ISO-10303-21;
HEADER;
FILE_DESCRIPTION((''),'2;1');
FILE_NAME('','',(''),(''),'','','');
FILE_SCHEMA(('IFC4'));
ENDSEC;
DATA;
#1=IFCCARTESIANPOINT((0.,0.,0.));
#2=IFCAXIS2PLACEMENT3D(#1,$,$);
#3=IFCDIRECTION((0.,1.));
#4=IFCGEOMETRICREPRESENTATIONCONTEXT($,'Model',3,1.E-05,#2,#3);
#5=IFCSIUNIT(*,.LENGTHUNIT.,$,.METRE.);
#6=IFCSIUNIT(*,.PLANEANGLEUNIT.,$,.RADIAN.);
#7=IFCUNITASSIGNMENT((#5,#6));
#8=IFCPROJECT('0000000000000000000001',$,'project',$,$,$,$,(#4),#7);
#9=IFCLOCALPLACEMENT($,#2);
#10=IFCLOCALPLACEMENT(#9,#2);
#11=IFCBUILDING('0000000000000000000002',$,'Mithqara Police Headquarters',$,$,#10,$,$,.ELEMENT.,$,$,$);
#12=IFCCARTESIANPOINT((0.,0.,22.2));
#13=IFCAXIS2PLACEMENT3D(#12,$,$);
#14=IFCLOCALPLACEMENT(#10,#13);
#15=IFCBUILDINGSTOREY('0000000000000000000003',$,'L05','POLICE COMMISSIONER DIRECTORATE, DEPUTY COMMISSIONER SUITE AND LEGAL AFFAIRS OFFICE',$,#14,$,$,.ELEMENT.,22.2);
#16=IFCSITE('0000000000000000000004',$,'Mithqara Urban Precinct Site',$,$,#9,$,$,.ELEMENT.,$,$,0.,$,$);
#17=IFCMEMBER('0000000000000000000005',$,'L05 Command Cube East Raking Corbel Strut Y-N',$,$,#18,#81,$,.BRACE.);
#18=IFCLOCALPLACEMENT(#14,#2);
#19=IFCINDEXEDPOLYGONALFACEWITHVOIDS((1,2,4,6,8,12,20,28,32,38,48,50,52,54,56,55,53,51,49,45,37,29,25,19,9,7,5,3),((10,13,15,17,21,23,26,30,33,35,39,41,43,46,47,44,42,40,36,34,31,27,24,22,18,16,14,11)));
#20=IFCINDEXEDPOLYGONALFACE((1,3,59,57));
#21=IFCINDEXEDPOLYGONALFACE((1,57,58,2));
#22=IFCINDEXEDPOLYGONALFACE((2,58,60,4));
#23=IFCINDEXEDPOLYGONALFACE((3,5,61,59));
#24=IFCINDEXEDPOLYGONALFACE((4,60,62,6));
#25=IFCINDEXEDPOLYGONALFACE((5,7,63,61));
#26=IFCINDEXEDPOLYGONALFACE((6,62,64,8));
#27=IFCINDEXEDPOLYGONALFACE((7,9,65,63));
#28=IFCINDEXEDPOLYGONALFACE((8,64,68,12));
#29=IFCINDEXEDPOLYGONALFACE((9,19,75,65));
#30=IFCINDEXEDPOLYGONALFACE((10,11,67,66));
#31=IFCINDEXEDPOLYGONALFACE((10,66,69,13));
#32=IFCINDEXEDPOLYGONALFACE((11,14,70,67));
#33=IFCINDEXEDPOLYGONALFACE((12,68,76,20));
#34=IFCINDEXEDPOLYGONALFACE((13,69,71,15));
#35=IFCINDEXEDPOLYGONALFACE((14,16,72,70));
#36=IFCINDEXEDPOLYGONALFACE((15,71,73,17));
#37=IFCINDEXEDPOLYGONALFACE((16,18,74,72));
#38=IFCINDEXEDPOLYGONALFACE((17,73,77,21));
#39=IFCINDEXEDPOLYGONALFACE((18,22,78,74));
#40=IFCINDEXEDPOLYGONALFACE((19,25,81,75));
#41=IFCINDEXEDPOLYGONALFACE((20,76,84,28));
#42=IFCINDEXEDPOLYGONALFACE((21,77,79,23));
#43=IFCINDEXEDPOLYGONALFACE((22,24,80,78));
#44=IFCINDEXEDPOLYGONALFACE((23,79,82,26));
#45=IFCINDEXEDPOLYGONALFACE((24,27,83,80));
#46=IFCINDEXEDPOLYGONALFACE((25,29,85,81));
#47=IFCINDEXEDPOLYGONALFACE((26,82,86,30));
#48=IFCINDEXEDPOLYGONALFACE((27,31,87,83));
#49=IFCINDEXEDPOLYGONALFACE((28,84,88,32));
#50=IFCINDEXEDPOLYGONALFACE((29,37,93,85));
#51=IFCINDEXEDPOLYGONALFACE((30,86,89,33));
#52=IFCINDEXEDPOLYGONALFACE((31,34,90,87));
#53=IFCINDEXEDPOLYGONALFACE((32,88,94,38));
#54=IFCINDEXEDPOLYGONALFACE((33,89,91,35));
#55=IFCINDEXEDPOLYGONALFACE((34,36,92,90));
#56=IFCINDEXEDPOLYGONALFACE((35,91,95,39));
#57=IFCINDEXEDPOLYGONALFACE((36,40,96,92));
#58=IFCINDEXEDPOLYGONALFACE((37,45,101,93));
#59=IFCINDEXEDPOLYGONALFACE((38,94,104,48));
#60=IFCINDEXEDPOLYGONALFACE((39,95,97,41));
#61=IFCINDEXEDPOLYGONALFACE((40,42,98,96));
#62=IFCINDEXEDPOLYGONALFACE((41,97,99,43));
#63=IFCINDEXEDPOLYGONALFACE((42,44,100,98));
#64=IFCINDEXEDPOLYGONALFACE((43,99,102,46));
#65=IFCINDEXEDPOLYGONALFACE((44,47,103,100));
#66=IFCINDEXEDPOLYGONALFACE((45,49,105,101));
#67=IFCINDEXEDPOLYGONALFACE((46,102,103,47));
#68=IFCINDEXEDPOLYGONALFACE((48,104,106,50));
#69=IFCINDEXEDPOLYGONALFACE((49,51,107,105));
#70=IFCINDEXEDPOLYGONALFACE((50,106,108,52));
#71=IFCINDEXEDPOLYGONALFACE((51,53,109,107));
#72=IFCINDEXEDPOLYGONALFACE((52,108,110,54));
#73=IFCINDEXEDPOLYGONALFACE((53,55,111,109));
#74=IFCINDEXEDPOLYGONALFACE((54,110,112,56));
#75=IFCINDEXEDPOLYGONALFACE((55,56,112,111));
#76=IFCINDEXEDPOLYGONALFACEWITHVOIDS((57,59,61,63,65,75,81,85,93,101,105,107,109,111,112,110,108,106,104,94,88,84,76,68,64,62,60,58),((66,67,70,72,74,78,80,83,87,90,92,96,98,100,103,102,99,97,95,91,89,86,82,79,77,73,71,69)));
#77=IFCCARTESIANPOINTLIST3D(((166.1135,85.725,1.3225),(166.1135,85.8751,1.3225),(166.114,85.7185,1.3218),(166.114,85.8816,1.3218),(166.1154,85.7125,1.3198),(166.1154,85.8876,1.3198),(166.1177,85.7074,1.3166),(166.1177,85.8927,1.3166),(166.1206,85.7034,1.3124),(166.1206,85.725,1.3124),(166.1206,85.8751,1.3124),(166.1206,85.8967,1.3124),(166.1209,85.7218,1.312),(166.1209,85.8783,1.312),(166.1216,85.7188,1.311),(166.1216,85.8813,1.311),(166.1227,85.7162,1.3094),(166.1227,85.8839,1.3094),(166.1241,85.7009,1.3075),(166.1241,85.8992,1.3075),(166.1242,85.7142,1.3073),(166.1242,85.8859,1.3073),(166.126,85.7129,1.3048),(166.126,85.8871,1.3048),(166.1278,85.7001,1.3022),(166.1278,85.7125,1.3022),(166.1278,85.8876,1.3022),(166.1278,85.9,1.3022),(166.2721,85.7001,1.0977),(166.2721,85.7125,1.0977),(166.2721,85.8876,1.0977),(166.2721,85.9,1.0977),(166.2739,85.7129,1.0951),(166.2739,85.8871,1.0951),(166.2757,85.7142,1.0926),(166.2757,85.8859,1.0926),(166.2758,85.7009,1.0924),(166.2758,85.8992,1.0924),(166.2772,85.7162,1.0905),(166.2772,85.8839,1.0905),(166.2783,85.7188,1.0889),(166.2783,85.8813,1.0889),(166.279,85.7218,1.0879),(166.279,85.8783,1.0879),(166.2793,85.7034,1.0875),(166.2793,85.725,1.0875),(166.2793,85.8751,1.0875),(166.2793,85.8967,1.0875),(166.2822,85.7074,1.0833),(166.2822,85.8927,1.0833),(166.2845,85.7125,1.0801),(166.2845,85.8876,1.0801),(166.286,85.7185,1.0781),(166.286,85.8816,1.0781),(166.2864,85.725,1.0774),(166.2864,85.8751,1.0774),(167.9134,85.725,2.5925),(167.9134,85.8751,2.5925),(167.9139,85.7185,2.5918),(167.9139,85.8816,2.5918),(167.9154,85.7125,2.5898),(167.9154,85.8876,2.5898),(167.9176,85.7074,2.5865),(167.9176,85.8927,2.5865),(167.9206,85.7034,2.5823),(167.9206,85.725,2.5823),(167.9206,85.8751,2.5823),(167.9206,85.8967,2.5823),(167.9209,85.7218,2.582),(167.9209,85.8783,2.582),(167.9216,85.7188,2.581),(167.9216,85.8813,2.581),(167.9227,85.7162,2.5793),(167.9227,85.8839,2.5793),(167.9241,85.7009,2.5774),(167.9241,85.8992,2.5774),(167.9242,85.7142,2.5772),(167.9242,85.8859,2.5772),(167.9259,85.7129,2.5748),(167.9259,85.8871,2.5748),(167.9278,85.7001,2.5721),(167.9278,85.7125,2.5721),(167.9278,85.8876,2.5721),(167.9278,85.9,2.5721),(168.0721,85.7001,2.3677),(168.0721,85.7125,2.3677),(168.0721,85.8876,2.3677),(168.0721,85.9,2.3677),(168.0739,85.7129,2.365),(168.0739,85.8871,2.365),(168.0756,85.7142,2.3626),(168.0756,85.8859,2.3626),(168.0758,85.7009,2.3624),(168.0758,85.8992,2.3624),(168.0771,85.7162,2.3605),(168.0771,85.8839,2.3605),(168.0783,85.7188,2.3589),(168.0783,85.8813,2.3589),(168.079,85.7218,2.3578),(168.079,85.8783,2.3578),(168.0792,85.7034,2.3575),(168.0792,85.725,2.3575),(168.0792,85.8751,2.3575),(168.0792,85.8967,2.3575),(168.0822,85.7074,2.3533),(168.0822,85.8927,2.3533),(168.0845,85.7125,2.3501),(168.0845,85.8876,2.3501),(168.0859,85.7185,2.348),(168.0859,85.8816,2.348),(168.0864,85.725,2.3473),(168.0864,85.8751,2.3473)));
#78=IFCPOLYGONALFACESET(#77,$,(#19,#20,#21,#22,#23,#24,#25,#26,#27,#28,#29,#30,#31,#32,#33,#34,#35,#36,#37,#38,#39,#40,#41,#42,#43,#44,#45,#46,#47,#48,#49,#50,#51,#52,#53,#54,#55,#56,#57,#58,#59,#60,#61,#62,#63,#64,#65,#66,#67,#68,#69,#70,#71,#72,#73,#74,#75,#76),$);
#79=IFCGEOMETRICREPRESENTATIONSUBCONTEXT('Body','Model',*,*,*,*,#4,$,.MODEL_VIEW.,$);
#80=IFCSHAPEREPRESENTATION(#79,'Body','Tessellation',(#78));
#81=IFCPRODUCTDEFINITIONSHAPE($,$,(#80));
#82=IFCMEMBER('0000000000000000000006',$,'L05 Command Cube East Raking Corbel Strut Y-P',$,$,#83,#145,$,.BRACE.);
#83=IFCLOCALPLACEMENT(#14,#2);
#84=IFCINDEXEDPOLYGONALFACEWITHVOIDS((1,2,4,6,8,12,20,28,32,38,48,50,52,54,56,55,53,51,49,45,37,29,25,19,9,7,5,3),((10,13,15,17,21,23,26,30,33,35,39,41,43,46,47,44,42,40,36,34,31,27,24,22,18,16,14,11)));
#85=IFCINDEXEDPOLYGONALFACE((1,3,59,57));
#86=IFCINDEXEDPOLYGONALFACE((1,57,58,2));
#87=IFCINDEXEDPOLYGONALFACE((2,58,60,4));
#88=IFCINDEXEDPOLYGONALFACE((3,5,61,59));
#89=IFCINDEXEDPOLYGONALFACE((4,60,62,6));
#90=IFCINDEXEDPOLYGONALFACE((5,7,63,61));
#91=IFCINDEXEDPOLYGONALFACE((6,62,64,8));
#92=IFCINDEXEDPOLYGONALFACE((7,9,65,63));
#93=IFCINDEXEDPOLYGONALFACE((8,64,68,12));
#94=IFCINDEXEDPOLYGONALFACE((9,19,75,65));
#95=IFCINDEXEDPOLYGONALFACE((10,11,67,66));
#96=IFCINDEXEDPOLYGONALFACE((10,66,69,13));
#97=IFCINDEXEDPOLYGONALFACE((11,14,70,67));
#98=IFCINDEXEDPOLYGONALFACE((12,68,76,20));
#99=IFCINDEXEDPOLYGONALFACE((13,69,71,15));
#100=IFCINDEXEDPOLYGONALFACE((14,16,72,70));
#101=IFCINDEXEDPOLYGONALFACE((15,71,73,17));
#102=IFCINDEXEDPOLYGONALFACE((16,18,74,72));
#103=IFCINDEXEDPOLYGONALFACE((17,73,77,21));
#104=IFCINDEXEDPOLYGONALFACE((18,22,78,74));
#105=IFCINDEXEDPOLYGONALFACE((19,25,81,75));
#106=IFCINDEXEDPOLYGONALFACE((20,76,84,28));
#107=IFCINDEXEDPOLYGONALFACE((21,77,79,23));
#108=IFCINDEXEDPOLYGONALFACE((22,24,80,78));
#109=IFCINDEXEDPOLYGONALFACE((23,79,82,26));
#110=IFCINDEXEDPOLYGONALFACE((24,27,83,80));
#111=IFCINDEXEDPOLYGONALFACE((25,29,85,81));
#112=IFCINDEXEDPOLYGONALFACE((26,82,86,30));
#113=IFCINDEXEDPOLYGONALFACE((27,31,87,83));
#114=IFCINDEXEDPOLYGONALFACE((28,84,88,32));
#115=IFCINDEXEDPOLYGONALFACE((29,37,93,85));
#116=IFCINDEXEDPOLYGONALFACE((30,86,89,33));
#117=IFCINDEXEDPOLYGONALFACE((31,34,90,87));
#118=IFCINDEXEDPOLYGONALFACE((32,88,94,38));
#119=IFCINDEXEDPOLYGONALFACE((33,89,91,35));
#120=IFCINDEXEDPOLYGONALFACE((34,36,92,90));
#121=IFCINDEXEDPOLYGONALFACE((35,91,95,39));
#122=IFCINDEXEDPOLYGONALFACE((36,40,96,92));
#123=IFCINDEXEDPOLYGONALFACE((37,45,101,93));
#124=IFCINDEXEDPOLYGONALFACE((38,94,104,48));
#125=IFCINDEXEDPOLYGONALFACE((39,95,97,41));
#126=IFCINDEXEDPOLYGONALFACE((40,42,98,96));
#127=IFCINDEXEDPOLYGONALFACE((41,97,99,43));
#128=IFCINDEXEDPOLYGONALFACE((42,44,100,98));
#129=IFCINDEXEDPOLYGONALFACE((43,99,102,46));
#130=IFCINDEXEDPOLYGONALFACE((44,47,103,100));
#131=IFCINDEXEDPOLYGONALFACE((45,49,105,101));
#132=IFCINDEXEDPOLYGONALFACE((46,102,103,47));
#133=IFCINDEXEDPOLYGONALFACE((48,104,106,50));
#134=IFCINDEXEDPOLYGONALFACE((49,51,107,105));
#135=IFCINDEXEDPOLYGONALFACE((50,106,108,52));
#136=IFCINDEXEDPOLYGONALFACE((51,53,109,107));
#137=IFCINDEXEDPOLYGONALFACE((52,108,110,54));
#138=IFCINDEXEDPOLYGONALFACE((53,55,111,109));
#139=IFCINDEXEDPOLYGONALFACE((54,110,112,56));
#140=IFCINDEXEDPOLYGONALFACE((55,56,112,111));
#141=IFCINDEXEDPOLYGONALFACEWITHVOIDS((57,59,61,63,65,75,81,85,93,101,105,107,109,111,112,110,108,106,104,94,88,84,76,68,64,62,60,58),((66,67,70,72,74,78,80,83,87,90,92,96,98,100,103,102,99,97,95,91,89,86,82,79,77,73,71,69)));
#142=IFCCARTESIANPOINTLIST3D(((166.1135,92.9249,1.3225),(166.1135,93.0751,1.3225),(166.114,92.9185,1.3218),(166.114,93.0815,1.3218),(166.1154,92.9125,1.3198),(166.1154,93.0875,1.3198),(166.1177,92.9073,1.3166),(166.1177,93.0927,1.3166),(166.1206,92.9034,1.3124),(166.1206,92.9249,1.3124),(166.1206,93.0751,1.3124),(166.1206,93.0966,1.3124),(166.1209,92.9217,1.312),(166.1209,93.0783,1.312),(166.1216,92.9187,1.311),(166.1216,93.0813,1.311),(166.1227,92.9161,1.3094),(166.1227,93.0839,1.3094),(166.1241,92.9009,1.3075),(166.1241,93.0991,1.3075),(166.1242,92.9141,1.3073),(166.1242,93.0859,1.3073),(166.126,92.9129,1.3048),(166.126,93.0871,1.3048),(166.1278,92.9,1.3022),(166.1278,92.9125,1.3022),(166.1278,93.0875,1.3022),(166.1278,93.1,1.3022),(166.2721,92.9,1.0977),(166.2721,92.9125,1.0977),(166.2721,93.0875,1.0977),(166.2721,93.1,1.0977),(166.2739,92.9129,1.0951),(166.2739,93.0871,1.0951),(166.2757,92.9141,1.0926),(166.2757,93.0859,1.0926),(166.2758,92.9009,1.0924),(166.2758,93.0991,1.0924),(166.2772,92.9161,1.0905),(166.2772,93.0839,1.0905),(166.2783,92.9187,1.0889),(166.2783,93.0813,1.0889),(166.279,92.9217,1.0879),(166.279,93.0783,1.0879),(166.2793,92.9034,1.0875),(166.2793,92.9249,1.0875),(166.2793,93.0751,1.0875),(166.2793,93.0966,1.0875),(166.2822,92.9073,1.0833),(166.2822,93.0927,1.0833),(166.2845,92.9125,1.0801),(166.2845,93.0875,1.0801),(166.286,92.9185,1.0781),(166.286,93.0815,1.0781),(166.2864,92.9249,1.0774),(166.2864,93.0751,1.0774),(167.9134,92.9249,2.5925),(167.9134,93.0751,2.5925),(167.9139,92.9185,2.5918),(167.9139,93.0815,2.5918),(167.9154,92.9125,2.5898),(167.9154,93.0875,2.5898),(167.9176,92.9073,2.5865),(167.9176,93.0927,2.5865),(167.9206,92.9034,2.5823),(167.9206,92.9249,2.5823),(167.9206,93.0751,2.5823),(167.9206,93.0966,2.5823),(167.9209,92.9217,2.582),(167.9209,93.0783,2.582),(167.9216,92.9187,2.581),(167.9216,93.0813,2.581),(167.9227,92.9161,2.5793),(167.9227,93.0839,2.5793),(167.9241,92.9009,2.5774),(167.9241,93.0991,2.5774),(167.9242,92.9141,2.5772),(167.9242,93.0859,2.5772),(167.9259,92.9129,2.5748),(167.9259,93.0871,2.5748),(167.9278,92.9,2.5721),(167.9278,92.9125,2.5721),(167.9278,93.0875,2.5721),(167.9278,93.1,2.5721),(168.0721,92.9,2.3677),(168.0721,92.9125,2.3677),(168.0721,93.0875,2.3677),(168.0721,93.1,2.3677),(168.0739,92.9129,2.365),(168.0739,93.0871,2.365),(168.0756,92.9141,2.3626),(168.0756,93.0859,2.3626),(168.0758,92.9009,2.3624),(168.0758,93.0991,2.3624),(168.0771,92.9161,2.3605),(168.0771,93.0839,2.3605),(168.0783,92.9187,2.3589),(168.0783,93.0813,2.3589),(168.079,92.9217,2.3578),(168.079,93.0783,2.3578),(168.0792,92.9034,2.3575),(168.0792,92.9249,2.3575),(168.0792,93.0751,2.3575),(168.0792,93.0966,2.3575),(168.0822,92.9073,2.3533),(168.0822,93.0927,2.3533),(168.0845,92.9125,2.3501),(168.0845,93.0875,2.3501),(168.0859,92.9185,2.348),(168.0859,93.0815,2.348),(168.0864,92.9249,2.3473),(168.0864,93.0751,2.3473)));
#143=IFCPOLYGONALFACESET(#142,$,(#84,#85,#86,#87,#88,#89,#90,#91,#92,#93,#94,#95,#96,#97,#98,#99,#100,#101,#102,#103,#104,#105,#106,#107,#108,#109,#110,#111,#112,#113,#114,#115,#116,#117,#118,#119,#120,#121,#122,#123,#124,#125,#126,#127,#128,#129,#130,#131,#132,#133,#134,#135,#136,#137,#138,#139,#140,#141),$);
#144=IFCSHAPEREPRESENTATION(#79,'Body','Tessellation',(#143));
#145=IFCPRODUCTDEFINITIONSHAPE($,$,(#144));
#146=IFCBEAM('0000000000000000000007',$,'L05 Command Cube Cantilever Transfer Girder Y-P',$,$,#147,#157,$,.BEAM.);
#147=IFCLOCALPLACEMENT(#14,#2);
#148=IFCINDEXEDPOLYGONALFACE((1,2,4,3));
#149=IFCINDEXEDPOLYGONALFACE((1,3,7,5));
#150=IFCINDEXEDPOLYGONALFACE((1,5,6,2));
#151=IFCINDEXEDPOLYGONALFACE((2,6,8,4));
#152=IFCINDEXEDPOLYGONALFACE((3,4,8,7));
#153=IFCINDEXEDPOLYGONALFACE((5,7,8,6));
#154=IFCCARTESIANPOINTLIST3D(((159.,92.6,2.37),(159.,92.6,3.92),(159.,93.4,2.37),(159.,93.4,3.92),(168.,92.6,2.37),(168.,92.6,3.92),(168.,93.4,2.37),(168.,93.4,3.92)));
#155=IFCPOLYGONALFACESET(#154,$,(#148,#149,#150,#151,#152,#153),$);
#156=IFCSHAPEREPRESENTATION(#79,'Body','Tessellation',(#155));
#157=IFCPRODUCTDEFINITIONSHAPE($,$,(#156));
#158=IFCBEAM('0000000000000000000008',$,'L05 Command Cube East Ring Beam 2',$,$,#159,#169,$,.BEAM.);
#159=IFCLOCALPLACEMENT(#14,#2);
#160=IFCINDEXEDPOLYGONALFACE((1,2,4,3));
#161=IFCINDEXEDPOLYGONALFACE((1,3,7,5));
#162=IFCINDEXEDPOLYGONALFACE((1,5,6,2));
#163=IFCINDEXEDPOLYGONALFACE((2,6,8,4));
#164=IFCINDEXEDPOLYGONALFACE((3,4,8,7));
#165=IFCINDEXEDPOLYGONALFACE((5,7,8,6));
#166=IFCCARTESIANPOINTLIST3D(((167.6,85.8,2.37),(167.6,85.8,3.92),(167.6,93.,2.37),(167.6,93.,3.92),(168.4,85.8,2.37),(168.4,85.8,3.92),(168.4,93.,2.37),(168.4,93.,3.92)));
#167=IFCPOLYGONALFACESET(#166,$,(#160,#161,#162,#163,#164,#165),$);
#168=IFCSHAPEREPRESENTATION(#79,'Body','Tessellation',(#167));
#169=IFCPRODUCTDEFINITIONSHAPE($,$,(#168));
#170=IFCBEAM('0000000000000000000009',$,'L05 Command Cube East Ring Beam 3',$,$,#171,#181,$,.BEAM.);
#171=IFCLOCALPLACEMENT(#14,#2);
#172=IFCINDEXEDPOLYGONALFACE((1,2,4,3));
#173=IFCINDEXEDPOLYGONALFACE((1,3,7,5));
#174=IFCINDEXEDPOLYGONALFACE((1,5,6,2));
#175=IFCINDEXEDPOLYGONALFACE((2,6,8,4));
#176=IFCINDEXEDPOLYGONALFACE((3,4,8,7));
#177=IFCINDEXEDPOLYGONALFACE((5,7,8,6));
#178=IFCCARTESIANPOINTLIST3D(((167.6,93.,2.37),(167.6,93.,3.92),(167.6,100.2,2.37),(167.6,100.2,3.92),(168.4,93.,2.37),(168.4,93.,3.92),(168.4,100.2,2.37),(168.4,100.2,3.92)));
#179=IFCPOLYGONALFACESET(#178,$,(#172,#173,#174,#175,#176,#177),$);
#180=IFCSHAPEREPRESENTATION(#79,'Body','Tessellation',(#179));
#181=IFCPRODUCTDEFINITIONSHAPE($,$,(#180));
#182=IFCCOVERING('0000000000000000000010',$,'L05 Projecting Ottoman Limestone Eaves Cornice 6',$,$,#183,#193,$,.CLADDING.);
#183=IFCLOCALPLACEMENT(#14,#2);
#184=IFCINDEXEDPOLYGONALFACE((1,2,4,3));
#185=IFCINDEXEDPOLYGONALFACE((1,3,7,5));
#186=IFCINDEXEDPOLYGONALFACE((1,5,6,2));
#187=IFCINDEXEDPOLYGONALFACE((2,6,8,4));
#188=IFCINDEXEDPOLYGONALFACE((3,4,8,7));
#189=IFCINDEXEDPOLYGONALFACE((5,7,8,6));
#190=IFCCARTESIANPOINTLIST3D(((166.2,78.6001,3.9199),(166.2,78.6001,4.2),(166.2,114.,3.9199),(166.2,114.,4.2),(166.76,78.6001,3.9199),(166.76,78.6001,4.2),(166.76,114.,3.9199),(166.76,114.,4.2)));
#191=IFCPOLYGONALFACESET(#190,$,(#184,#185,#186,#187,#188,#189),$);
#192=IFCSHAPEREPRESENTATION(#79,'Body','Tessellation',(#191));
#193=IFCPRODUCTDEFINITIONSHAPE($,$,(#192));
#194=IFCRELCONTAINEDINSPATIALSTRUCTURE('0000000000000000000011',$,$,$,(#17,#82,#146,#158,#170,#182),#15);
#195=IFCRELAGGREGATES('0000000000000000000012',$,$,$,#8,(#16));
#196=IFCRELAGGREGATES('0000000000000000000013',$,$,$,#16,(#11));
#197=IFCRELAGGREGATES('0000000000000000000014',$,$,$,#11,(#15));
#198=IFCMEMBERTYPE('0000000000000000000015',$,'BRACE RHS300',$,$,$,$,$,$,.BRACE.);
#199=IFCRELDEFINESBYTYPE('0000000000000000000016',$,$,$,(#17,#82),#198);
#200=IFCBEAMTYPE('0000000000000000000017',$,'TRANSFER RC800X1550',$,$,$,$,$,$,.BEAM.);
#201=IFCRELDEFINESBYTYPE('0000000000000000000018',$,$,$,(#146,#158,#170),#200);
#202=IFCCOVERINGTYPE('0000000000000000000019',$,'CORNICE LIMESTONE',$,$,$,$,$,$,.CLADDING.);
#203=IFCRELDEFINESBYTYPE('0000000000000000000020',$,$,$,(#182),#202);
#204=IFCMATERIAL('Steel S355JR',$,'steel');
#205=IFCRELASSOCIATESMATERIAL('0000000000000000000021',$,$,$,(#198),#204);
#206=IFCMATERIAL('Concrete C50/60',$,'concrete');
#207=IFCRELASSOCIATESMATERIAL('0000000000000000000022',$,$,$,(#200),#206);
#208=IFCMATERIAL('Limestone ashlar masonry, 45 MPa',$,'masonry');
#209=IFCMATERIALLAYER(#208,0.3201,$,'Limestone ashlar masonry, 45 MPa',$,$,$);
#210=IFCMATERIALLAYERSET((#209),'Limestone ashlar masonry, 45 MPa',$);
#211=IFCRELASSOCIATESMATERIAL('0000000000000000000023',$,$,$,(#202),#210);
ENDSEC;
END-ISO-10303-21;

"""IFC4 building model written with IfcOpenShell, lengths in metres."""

from ifc_helpers import new_model, si_unit, direction, frame, origin, origin_2d, place, context, subcontext, project, spatial, rectangle, hollow_rectangle, extrude, material, layer, layer_set, material_profile, profile_set, type_object, element, save


model = new_model("IFC4")

# Units and contexts
model_context = context("Model", 3, precision=1e-05, world=origin(), true_north=direction((0.0, 1.0)))
body_context = subcontext(model_context, "Body", "Model", "MODEL_VIEW")
ifc_project = project(units=[si_unit("LENGTHUNIT", "METRE"), si_unit("PLANEANGLEUNIT", "RADIAN")], contexts=[model_context])

# Site, building, storey
site_placement = place(None, origin())
site = spatial("IfcSite", under=ifc_project, at=site_placement, Name="Mithqara Urban Precinct Site", CompositionType="ELEMENT", RefElevation=0.0)
building_placement = place(site_placement, origin())
building = spatial("IfcBuilding", under=site, at=building_placement, Name="Mithqara Police Headquarters", CompositionType="ELEMENT")
storey_placement = place(building_placement, frame((0.0, 0.0, 22.2)))
storey = spatial("IfcBuildingStorey", under=building, at=storey_placement, Name="L05", Description="POLICE COMMISSIONER DIRECTORATE, DEPUTY COMMISSIONER SUITE AND LEGAL AFFAIRS OFFICE", CompositionType="ELEMENT", Elevation=22.2)

# Shared definitions
ifc_material_1 = material(Name="Concrete C50/60", Category="concrete")

# Shared definitions
ifc_material_2 = material(Name="Steel S355JR", Category="steel")

# Members
ifc_material_profile_1 = material_profile(ifc_material_2, hollow_rectangle(XDim=0.2, YDim=0.3, WallThickness=0.0125, InnerFilletRadius=0.0125, OuterFilletRadius=0.0249, at=origin_2d()), Name="RHS 300x200x12.5")
ifc_profile_set_1 = profile_set([ifc_material_profile_1], Name="Steel S355JR")
member_type = type_object("IfcMemberType", Name="BRACE RHS300", PredefinedType="BRACE", material=ifc_profile_set_1)
for number, where, z_axis, x_axis, name in (
    (1, (166.2, 85.8, 1.2), (0.817097, 0.0, 0.5765), (0.0, 1.0, 0.0), "L05 Command Cube East Raking Corbel Strut Y-N"),
    (2, (166.2, 93.0, 1.2), (0.817097, 0.0, 0.5765), (0.0, 1.0, 0.0), "L05 Command Cube East Raking Corbel Strut Y-P"),
):
    element("IfcMember", number, at=place(storey_placement, frame(where, z_axis=z_axis, x_axis=x_axis)), inside=storey, type_object=member_type, Name=name, PredefinedType="BRACE", context=body_context, shape_type="SweptSolid", body=[
        extrude(hollow_rectangle(XDim=0.2, YDim=0.3, WallThickness=0.0125, InnerFilletRadius=0.0125, OuterFilletRadius=0.0249, at=origin_2d()), origin(), (0.0, 0.0, 1.0), 2.2029),
    ])

# Beams
ifc_material_profile_2 = material_profile(ifc_material_1, rectangle(XDim=0.8, YDim=1.55, at=origin_2d()), Name="RC 800x1550")
ifc_profile_set_2 = profile_set([ifc_material_profile_2], Name="Concrete C50/60")
beam_type_1 = type_object("IfcBeamType", Name="TRANSFER RC800X1550", PredefinedType="BEAM", material=ifc_profile_set_2)
beam_1_placement = place(storey_placement, frame((159.0, 93.0, 3.145), z_axis=(1.0, 0.0, 0.0), x_axis=(0.0, 1.0, 0.0)))
element("IfcBeam", 3, at=beam_1_placement, inside=storey, type_object=beam_type_1, Name="L05 Command Cube Cantilever Transfer Girder Y-P", PredefinedType="BEAM", context=body_context, shape_type="SweptSolid", body=[
    extrude(rectangle(XDim=0.8, YDim=1.55, at=origin_2d()), origin(), (0.0, 0.0, 1.0), 9.0),
])
for number, where, z_axis, x_axis, name in (
    (4, (168.0, 85.8, 3.145), (0.0, 1.0, 0.0), (-1.0, 0.0, 0.0), "L05 Command Cube East Ring Beam 2"),
    (5, (168.0, 93.0, 3.145), (0.0, 1.0, 0.0), (-1.0, 0.0, 0.0), "L05 Command Cube East Ring Beam 3"),
):
    element("IfcBeam", number, at=place(storey_placement, frame(where, z_axis=z_axis, x_axis=x_axis)), inside=storey, type_object=beam_type_1, Name=name, PredefinedType="BEAM", context=body_context, shape_type="SweptSolid", body=[
        extrude(rectangle(XDim=0.8, YDim=1.55, at=origin_2d()), origin(), (0.0, 0.0, 1.0), 7.2),
    ])

# Covering
ifc_material_3 = material(Name="Limestone ashlar masonry, 45 MPa", Category="masonry")
ifc_layer = layer(ifc_material_3, 0.3201, Name="Limestone ashlar masonry, 45 MPa")
ifc_layer_set = layer_set([ifc_layer], Name="Limestone ashlar masonry, 45 MPa")
covering_type = type_object("IfcCoveringType", Name="CORNICE LIMESTONE", PredefinedType="CLADDING", material=ifc_layer_set)
covering_placement = place(storey_placement, frame((166.48, 96.3, 3.9199), z_axis=(0.0, 0.0, 1.0), x_axis=(0.0, 1.0, 0.0)))
element("IfcCovering", 6, at=covering_placement, inside=storey, type_object=covering_type, Name="L05 Projecting Ottoman Limestone Eaves Cornice 6", PredefinedType="CLADDING", context=body_context, shape_type="SweptSolid", body=[
    extrude(rectangle(XDim=35.3999, YDim=0.5601, at=origin_2d()), origin(), (0.0, 0.0, 1.0), 0.28),
])

save(model, "model.ifc")
